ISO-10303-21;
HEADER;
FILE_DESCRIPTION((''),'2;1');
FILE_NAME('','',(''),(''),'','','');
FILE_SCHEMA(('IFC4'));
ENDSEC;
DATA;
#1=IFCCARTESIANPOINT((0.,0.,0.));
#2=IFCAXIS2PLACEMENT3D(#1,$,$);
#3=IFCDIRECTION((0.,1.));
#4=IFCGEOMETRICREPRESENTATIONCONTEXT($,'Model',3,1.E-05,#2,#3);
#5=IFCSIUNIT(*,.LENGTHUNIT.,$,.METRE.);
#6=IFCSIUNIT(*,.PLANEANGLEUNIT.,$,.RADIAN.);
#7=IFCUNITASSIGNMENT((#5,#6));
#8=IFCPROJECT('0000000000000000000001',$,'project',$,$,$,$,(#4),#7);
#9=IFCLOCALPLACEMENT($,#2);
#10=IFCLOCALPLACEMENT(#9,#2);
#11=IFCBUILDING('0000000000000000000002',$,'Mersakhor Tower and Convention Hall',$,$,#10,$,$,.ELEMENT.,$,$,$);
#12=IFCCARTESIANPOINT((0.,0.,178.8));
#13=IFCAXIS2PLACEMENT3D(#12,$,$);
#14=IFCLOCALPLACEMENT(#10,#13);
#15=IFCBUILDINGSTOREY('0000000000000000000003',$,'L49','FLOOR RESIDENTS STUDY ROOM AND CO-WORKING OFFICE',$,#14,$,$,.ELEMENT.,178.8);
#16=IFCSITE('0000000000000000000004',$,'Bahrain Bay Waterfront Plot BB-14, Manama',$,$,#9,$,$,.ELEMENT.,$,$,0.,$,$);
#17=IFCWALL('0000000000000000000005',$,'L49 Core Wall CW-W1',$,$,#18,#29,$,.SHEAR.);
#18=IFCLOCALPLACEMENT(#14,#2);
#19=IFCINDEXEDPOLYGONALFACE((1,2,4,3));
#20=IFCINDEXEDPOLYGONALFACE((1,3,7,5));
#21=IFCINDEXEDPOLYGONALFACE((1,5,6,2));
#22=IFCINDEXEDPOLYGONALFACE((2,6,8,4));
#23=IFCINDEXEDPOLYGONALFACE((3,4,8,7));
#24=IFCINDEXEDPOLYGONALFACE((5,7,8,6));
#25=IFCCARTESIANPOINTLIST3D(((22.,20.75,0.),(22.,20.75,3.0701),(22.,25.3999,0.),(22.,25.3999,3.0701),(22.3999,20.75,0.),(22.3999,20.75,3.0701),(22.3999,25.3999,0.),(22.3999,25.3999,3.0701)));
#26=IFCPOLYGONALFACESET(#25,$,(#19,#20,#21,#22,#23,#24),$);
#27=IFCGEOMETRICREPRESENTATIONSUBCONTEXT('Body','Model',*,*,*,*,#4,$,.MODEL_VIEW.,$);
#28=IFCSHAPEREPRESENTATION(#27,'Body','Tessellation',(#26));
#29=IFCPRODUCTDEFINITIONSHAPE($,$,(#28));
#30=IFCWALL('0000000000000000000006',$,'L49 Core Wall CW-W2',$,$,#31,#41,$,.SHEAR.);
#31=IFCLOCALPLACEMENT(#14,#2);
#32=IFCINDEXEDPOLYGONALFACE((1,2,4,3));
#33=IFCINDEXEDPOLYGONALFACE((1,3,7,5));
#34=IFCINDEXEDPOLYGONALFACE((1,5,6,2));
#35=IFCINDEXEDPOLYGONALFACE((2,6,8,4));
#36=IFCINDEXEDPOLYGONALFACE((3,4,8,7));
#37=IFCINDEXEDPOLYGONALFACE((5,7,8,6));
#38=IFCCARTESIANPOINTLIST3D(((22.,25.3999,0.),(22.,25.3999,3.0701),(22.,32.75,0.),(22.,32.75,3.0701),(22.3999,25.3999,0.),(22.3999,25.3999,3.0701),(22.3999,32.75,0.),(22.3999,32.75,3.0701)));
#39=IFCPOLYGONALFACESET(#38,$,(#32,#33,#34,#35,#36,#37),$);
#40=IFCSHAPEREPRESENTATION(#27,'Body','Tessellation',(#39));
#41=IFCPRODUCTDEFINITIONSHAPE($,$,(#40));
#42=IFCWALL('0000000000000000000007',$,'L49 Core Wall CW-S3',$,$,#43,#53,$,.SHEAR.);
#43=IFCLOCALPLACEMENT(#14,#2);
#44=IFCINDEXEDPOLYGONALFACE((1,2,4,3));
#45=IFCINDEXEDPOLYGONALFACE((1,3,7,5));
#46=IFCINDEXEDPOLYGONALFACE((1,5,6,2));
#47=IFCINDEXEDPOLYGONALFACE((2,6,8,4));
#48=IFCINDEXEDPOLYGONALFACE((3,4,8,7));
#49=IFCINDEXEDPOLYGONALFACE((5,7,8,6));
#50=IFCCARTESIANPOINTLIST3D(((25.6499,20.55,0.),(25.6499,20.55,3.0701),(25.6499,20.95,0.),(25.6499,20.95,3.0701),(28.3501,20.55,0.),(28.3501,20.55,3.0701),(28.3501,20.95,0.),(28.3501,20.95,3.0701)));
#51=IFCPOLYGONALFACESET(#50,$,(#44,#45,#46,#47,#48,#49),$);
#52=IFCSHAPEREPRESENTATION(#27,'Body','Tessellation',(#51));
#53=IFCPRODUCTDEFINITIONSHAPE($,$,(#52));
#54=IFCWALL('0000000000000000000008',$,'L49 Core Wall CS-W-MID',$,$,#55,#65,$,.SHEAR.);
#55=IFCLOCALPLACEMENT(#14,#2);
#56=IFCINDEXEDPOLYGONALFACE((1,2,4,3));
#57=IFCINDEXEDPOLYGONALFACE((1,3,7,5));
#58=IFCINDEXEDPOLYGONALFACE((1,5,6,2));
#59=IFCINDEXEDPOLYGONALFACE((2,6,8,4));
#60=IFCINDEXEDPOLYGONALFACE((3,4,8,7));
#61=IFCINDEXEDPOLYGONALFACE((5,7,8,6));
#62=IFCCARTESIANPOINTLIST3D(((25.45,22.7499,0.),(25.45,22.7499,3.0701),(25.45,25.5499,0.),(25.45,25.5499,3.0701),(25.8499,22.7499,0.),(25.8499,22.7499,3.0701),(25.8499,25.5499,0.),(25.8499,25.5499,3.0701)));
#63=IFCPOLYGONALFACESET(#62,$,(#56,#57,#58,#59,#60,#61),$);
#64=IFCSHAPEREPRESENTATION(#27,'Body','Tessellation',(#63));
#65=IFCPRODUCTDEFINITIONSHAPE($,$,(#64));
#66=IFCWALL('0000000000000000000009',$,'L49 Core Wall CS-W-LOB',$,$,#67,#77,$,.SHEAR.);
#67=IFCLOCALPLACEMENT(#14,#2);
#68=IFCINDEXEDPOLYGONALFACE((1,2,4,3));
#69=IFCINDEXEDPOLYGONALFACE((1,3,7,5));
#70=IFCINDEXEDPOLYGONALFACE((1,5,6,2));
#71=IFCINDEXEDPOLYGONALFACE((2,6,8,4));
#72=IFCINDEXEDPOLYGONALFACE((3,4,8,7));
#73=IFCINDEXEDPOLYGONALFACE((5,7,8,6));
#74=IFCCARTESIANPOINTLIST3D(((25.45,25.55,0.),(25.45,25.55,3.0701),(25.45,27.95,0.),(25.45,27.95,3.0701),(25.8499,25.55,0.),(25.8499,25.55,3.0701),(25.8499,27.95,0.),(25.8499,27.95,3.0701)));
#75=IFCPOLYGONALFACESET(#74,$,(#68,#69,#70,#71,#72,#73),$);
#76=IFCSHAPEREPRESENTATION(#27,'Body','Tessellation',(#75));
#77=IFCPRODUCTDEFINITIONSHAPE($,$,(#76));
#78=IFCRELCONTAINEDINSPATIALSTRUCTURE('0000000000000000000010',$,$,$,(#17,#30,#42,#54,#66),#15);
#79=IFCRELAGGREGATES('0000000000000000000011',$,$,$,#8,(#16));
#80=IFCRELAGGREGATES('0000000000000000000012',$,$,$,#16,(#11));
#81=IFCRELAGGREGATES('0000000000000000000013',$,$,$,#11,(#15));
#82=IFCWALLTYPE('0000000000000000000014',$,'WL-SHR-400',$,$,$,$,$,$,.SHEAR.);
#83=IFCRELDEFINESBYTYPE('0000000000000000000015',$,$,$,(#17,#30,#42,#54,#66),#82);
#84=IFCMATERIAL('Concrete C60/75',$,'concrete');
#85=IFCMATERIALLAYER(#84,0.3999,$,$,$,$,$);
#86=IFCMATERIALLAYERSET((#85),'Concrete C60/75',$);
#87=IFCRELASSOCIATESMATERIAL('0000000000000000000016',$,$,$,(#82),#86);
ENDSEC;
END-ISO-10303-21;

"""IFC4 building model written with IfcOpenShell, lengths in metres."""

from ifc_helpers import new_model, si_unit, direction, frame, frame_2d, origin, place, context, subcontext, project, spatial, rectangle, extrude, material, layer, layer_set, type_object, element, save


model = new_model("IFC4")

# Units and contexts
model_context = context("Model", 3, precision=1e-05, world=origin(), true_north=direction((0.0, 1.0)))
body_context = subcontext(model_context, "Body", "Model", "MODEL_VIEW")
ifc_project = project(units=[si_unit("LENGTHUNIT", "METRE"), si_unit("PLANEANGLEUNIT", "RADIAN")], contexts=[model_context])

# Site, building, storey
site_placement = place(None, origin())
site = spatial("IfcSite", under=ifc_project, at=site_placement, Name="Bahrain Bay Waterfront Plot BB-14, Manama", CompositionType="ELEMENT", RefElevation=0.0)
building_placement = place(site_placement, origin())
building = spatial("IfcBuilding", under=site, at=building_placement, Name="Mersakhor Tower and Convention Hall", CompositionType="ELEMENT")
storey_placement = place(building_placement, frame((0.0, 0.0, 178.8)))
storey = spatial("IfcBuildingStorey", under=building, at=storey_placement, Name="L49", Description="FLOOR RESIDENTS STUDY ROOM AND CO-WORKING OFFICE", CompositionType="ELEMENT", Elevation=178.8)

# Walls
ifc_material_1 = material(Name="Concrete C60/75", Category="concrete")
ifc_layer_1 = layer(ifc_material_1, 0.3999)
ifc_layer_set_1 = layer_set([ifc_layer_1], Name="Concrete C60/75")
wall_type_1 = type_object("IfcWallType", Name="WL-SHR-400", PredefinedType="SHEAR", material=ifc_layer_set_1)
wall_1_placement = place(storey_placement, frame((22.2, 20.75, 0.0), z_axis=(0.0, 0.0, 1.0), x_axis=(0.0, 1.0, 0.0)))
element("IfcWall", 1, at=wall_1_placement, inside=storey, type_object=wall_type_1, Name="L49 Core Wall CW-W1", PredefinedType="SHEAR", context=body_context, shape_type="SweptSolid", body=[
    extrude(rectangle(XDim=4.6499, YDim=0.3999, at=frame_2d((2.325, 0.0))), origin(), (0.0, 0.0, 1.0), 3.0701),
])
wall_2_placement = place(storey_placement, frame((22.2, 25.3999, 0.0), z_axis=(0.0, 0.0, 1.0), x_axis=(0.0, 1.0, 0.0)))
element("IfcWall", 2, at=wall_2_placement, inside=storey, type_object=wall_type_1, Name="L49 Core Wall CW-W2", PredefinedType="SHEAR", context=body_context, shape_type="SweptSolid", body=[
    extrude(rectangle(XDim=7.3501, YDim=0.3999, at=frame_2d((3.675, 0.0))), origin(), (0.0, 0.0, 1.0), 3.0701),
])
wall_3_placement = place(storey_placement, frame((28.3501, 20.75, 0.0), z_axis=(0.0, 0.0, 1.0), x_axis=(-1.0, 0.0, 0.0)))
element("IfcWall", 3, at=wall_3_placement, inside=storey, type_object=wall_type_1, Name="L49 Core Wall CW-S3", PredefinedType="SHEAR", context=body_context, shape_type="SweptSolid", body=[
    extrude(rectangle(XDim=2.7002, YDim=0.3999, at=frame_2d((1.3501, 0.0))), origin(), (0.0, 0.0, 1.0), 3.0701),
])

# Walls
wall_4_placement = place(storey_placement, frame((25.6499, 22.75, 0.0), z_axis=(0.0, 0.0, 1.0), x_axis=(0.0, 1.0, 0.0)))
element("IfcWall", 4, at=wall_4_placement, inside=storey, type_object=wall_type_1, Name="L49 Core Wall CS-W-MID", PredefinedType="SHEAR", context=body_context, shape_type="SweptSolid", body=[
    extrude(rectangle(XDim=2.8, YDim=0.3999, at=frame_2d((1.3999, 0.0))), origin(), (0.0, 0.0, 1.0), 3.0701),
])
wall_5_placement = place(storey_placement, frame((25.6499, 25.55, 0.0), z_axis=(0.0, 0.0, 1.0), x_axis=(0.0, 1.0, 0.0)))
element("IfcWall", 5, at=wall_5_placement, inside=storey, type_object=wall_type_1, Name="L49 Core Wall CS-W-LOB", PredefinedType="SHEAR", context=body_context, shape_type="SweptSolid", body=[
    extrude(rectangle(XDim=2.3999, YDim=0.3999, at=frame_2d((1.2, 0.0))), origin(), (0.0, 0.0, 1.0), 3.0701),
])

save(model, "model.ifc")
